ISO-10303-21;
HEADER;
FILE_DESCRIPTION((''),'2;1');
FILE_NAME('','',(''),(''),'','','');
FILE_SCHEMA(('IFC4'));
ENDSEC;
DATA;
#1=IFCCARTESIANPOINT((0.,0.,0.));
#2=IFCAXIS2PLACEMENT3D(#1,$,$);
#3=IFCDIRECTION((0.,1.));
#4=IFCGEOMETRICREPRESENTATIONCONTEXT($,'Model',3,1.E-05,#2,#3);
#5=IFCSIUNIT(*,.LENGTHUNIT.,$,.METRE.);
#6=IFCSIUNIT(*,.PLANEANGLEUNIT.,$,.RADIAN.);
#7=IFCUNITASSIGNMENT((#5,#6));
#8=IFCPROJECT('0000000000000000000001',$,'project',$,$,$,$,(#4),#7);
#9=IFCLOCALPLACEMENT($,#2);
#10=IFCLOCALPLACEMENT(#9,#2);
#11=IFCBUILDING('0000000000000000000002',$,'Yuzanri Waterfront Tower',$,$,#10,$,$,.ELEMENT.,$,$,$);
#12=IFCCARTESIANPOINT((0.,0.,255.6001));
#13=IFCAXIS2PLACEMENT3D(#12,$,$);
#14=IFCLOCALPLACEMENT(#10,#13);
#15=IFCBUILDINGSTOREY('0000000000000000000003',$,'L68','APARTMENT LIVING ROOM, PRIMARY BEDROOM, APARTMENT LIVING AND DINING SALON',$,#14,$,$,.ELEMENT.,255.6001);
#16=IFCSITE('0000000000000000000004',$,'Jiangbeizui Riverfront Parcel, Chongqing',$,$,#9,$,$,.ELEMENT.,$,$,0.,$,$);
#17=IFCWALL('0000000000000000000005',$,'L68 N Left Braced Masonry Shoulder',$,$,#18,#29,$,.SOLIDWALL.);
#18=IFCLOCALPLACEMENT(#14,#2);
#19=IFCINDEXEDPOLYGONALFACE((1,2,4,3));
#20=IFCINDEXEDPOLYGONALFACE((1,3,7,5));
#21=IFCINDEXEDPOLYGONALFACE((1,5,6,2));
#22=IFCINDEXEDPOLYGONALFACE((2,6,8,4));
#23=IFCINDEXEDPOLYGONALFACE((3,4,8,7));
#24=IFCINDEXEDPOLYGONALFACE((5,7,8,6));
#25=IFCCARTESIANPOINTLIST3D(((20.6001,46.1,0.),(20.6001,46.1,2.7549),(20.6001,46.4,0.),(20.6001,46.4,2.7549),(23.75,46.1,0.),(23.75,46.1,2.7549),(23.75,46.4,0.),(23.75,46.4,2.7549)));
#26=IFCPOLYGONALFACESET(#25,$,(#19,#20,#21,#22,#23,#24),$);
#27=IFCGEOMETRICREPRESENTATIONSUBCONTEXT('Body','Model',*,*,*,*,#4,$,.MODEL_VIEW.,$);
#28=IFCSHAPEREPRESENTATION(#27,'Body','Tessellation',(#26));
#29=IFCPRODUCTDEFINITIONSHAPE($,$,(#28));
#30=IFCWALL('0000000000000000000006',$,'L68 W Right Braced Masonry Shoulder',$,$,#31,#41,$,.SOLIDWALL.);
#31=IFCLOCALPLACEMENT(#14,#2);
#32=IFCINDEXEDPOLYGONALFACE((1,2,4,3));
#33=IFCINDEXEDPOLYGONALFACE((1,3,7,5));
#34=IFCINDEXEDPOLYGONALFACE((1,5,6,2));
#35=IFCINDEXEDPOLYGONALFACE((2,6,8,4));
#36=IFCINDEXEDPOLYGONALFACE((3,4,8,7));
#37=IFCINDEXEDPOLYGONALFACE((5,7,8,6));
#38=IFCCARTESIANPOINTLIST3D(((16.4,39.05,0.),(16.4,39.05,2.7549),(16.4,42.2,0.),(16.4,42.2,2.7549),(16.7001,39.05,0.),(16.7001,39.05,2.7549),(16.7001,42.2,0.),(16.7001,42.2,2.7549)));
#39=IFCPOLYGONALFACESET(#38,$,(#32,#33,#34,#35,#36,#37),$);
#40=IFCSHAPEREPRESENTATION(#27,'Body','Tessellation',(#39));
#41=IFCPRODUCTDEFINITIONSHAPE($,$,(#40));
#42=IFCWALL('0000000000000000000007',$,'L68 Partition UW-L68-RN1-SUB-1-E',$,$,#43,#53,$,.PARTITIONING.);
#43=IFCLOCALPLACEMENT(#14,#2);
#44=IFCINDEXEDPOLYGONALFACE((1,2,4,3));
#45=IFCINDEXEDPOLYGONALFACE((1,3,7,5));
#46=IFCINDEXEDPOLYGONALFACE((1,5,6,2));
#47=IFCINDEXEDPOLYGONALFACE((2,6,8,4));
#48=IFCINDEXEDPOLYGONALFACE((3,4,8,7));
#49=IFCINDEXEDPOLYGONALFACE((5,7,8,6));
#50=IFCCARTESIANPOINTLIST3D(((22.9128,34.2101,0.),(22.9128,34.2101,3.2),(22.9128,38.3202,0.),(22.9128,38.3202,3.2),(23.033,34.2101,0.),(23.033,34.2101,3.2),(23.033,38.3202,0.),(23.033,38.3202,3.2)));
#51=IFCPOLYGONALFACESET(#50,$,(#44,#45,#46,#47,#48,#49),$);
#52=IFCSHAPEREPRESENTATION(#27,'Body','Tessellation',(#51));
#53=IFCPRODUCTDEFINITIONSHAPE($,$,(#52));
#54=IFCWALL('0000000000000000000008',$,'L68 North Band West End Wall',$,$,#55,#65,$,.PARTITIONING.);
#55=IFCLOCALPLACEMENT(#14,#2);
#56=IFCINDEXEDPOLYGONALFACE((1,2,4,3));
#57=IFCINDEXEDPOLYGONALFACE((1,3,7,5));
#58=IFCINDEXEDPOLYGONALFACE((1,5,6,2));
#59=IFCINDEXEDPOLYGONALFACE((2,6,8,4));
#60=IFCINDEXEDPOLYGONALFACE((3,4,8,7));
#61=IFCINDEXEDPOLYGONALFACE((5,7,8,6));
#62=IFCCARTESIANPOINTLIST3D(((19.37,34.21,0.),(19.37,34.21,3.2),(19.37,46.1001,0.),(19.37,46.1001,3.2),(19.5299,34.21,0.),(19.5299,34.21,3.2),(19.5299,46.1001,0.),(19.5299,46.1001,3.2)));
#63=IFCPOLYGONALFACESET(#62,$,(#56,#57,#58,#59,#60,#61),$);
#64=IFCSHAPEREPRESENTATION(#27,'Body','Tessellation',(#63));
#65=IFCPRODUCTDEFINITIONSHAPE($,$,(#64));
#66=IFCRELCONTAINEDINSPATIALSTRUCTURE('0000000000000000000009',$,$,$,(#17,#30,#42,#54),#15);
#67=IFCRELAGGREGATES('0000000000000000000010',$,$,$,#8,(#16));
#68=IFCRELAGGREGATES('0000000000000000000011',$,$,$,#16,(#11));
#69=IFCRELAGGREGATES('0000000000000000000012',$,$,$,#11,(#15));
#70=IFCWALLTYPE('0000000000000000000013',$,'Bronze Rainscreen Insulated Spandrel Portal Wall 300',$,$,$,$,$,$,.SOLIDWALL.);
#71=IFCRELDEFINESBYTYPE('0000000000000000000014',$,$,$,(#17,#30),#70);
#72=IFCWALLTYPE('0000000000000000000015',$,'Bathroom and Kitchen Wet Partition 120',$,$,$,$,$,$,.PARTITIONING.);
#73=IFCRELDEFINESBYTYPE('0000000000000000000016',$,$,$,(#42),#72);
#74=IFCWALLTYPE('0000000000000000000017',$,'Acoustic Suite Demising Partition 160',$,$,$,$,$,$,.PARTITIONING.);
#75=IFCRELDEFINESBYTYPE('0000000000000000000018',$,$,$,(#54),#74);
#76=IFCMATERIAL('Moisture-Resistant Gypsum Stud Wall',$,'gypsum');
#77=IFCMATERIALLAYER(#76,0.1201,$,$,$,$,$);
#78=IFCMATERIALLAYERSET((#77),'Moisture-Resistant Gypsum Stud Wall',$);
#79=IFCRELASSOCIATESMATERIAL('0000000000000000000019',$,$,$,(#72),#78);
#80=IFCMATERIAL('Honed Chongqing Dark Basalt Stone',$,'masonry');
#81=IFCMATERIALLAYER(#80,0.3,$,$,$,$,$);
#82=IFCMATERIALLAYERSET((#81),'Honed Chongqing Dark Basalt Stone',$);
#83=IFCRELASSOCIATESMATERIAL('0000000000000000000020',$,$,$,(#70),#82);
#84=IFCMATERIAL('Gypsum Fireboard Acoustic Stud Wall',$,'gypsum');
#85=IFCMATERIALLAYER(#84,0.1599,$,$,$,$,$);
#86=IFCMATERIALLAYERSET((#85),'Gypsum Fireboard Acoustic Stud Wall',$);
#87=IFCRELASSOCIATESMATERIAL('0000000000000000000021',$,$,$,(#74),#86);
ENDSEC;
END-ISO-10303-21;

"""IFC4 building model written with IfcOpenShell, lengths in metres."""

from ifc_helpers import new_model, si_unit, direction, frame, frame_2d, origin, place, context, subcontext, project, spatial, rectangle, extrude, source, transform, mapped, material, layer, layer_set, type_object, element, save


model = new_model("IFC4")

# Units and contexts
model_context = context("Model", 3, precision=1e-05, world=origin(), true_north=direction((0.0, 1.0)))
body_context = subcontext(model_context, "Body", "Model", "MODEL_VIEW")
ifc_project = project(units=[si_unit("LENGTHUNIT", "METRE"), si_unit("PLANEANGLEUNIT", "RADIAN")], contexts=[model_context])

# Site, building, storey
site_placement = place(None, origin())
site = spatial("IfcSite", under=ifc_project, at=site_placement, Name="Jiangbeizui Riverfront Parcel, Chongqing", CompositionType="ELEMENT", RefElevation=0.0)
building_placement = place(site_placement, origin())
building = spatial("IfcBuilding", under=site, at=building_placement, Name="Yuzanri Waterfront Tower", CompositionType="ELEMENT")
storey_placement = place(building_placement, frame((0.0, 0.0, 255.6001)))
storey = spatial("IfcBuildingStorey", under=building, at=storey_placement, Name="L68", Description="APARTMENT LIVING ROOM, PRIMARY BEDROOM, APARTMENT LIVING AND DINING SALON", CompositionType="ELEMENT", Elevation=255.6001)

# Shared definitions
ifc_material_1 = material(Name="Moisture-Resistant Gypsum Stud Wall", Category="gypsum")
ifc_layer_1 = layer(ifc_material_1, 0.1201)
ifc_layer_set_1 = layer_set([ifc_layer_1], Name="Moisture-Resistant Gypsum Stud Wall")
wall_type_1 = type_object("IfcWallType", Name="Bathroom and Kitchen Wet Partition 120", PredefinedType="PARTITIONING", material=ifc_layer_set_1)

# Shared definitions
ifc_material_2 = material(Name="Honed Chongqing Dark Basalt Stone", Category="masonry")
ifc_layer_2 = layer(ifc_material_2, 0.3)
ifc_layer_set_2 = layer_set([ifc_layer_2], Name="Honed Chongqing Dark Basalt Stone")
wall_type_2 = type_object("IfcWallType", Name="Bronze Rainscreen Insulated Spandrel Portal Wall 300", PredefinedType="SOLIDWALL", material=ifc_layer_set_2)

# Walls
shared_shape_1 = source(origin(), body_context, "Body", "SweptSolid", [
    extrude(rectangle(XDim=3.1499, YDim=0.3, at=frame_2d((1.575, 0.0))), origin(), (0.0, 0.0, 1.0), 2.7549),
])
for number, where, z_axis, x_axis, name in (
    (1, (20.6001, 46.25, 0.0), (0.0, 0.0, 1.0), (1.0, 0.0, 0.0), "L68 N Left Braced Masonry Shoulder"),
    (2, (16.55, 39.05, 0.0), (0.0, 0.0, 1.0), (0.0, 1.0, 0.0), "L68 W Right Braced Masonry Shoulder"),
):
    element("IfcWall", number, at=place(storey_placement, frame(where, z_axis=z_axis, x_axis=x_axis)), inside=storey, type_object=wall_type_2, Name=name, PredefinedType="SOLIDWALL", context=body_context, shape_type="MappedRepresentation", body=[
        mapped(shared_shape_1, transform((0.0, 0.0, 0.0), scale=1.0)),
    ])
shared_shape_2 = source(origin(), body_context, "Body", "SweptSolid", [
    extrude(rectangle(XDim=4.1101, YDim=0.1201, at=frame_2d((2.0552, 0.0))), origin(), (0.0, 0.0, 1.0), 3.2),
])
wall_1_placement = place(storey_placement, frame((22.9729, 34.21, 0.0), z_axis=(0.0, 0.0, 1.0), x_axis=(0.0, 1.0, 0.0)))
element("IfcWall", 3, at=wall_1_placement, inside=storey, type_object=wall_type_1, Name="L68 Partition UW-L68-RN1-SUB-1-E", PredefinedType="PARTITIONING", context=body_context, shape_type="MappedRepresentation", body=[
    mapped(shared_shape_2, transform((0.0, 0.0, 0.0), scale=1.0)),
])
ifc_material_3 = material(Name="Gypsum Fireboard Acoustic Stud Wall", Category="gypsum")
ifc_layer_3 = layer(ifc_material_3, 0.1599)
ifc_layer_set_3 = layer_set([ifc_layer_3], Name="Gypsum Fireboard Acoustic Stud Wall")
wall_type_3 = type_object("IfcWallType", Name="Acoustic Suite Demising Partition 160", PredefinedType="PARTITIONING", material=ifc_layer_set_3)
shared_shape_3 = source(origin(), body_context, "Body", "SweptSolid", [
    extrude(rectangle(XDim=11.8901, YDim=0.1599, at=frame_2d((5.9451, 0.0))), origin(), (0.0, 0.0, 1.0), 3.2),
])
wall_2_placement = place(storey_placement, frame((19.45, 34.21, 0.0), z_axis=(0.0, 0.0, 1.0), x_axis=(0.0, 1.0, 0.0)))
element("IfcWall", 4, at=wall_2_placement, inside=storey, type_object=wall_type_3, Name="L68 North Band West End Wall", PredefinedType="PARTITIONING", context=body_context, shape_type="MappedRepresentation", body=[
    mapped(shared_shape_3, transform((0.0, 0.0, 0.0), scale=1.0)),
])

save(model, "model.ifc")
